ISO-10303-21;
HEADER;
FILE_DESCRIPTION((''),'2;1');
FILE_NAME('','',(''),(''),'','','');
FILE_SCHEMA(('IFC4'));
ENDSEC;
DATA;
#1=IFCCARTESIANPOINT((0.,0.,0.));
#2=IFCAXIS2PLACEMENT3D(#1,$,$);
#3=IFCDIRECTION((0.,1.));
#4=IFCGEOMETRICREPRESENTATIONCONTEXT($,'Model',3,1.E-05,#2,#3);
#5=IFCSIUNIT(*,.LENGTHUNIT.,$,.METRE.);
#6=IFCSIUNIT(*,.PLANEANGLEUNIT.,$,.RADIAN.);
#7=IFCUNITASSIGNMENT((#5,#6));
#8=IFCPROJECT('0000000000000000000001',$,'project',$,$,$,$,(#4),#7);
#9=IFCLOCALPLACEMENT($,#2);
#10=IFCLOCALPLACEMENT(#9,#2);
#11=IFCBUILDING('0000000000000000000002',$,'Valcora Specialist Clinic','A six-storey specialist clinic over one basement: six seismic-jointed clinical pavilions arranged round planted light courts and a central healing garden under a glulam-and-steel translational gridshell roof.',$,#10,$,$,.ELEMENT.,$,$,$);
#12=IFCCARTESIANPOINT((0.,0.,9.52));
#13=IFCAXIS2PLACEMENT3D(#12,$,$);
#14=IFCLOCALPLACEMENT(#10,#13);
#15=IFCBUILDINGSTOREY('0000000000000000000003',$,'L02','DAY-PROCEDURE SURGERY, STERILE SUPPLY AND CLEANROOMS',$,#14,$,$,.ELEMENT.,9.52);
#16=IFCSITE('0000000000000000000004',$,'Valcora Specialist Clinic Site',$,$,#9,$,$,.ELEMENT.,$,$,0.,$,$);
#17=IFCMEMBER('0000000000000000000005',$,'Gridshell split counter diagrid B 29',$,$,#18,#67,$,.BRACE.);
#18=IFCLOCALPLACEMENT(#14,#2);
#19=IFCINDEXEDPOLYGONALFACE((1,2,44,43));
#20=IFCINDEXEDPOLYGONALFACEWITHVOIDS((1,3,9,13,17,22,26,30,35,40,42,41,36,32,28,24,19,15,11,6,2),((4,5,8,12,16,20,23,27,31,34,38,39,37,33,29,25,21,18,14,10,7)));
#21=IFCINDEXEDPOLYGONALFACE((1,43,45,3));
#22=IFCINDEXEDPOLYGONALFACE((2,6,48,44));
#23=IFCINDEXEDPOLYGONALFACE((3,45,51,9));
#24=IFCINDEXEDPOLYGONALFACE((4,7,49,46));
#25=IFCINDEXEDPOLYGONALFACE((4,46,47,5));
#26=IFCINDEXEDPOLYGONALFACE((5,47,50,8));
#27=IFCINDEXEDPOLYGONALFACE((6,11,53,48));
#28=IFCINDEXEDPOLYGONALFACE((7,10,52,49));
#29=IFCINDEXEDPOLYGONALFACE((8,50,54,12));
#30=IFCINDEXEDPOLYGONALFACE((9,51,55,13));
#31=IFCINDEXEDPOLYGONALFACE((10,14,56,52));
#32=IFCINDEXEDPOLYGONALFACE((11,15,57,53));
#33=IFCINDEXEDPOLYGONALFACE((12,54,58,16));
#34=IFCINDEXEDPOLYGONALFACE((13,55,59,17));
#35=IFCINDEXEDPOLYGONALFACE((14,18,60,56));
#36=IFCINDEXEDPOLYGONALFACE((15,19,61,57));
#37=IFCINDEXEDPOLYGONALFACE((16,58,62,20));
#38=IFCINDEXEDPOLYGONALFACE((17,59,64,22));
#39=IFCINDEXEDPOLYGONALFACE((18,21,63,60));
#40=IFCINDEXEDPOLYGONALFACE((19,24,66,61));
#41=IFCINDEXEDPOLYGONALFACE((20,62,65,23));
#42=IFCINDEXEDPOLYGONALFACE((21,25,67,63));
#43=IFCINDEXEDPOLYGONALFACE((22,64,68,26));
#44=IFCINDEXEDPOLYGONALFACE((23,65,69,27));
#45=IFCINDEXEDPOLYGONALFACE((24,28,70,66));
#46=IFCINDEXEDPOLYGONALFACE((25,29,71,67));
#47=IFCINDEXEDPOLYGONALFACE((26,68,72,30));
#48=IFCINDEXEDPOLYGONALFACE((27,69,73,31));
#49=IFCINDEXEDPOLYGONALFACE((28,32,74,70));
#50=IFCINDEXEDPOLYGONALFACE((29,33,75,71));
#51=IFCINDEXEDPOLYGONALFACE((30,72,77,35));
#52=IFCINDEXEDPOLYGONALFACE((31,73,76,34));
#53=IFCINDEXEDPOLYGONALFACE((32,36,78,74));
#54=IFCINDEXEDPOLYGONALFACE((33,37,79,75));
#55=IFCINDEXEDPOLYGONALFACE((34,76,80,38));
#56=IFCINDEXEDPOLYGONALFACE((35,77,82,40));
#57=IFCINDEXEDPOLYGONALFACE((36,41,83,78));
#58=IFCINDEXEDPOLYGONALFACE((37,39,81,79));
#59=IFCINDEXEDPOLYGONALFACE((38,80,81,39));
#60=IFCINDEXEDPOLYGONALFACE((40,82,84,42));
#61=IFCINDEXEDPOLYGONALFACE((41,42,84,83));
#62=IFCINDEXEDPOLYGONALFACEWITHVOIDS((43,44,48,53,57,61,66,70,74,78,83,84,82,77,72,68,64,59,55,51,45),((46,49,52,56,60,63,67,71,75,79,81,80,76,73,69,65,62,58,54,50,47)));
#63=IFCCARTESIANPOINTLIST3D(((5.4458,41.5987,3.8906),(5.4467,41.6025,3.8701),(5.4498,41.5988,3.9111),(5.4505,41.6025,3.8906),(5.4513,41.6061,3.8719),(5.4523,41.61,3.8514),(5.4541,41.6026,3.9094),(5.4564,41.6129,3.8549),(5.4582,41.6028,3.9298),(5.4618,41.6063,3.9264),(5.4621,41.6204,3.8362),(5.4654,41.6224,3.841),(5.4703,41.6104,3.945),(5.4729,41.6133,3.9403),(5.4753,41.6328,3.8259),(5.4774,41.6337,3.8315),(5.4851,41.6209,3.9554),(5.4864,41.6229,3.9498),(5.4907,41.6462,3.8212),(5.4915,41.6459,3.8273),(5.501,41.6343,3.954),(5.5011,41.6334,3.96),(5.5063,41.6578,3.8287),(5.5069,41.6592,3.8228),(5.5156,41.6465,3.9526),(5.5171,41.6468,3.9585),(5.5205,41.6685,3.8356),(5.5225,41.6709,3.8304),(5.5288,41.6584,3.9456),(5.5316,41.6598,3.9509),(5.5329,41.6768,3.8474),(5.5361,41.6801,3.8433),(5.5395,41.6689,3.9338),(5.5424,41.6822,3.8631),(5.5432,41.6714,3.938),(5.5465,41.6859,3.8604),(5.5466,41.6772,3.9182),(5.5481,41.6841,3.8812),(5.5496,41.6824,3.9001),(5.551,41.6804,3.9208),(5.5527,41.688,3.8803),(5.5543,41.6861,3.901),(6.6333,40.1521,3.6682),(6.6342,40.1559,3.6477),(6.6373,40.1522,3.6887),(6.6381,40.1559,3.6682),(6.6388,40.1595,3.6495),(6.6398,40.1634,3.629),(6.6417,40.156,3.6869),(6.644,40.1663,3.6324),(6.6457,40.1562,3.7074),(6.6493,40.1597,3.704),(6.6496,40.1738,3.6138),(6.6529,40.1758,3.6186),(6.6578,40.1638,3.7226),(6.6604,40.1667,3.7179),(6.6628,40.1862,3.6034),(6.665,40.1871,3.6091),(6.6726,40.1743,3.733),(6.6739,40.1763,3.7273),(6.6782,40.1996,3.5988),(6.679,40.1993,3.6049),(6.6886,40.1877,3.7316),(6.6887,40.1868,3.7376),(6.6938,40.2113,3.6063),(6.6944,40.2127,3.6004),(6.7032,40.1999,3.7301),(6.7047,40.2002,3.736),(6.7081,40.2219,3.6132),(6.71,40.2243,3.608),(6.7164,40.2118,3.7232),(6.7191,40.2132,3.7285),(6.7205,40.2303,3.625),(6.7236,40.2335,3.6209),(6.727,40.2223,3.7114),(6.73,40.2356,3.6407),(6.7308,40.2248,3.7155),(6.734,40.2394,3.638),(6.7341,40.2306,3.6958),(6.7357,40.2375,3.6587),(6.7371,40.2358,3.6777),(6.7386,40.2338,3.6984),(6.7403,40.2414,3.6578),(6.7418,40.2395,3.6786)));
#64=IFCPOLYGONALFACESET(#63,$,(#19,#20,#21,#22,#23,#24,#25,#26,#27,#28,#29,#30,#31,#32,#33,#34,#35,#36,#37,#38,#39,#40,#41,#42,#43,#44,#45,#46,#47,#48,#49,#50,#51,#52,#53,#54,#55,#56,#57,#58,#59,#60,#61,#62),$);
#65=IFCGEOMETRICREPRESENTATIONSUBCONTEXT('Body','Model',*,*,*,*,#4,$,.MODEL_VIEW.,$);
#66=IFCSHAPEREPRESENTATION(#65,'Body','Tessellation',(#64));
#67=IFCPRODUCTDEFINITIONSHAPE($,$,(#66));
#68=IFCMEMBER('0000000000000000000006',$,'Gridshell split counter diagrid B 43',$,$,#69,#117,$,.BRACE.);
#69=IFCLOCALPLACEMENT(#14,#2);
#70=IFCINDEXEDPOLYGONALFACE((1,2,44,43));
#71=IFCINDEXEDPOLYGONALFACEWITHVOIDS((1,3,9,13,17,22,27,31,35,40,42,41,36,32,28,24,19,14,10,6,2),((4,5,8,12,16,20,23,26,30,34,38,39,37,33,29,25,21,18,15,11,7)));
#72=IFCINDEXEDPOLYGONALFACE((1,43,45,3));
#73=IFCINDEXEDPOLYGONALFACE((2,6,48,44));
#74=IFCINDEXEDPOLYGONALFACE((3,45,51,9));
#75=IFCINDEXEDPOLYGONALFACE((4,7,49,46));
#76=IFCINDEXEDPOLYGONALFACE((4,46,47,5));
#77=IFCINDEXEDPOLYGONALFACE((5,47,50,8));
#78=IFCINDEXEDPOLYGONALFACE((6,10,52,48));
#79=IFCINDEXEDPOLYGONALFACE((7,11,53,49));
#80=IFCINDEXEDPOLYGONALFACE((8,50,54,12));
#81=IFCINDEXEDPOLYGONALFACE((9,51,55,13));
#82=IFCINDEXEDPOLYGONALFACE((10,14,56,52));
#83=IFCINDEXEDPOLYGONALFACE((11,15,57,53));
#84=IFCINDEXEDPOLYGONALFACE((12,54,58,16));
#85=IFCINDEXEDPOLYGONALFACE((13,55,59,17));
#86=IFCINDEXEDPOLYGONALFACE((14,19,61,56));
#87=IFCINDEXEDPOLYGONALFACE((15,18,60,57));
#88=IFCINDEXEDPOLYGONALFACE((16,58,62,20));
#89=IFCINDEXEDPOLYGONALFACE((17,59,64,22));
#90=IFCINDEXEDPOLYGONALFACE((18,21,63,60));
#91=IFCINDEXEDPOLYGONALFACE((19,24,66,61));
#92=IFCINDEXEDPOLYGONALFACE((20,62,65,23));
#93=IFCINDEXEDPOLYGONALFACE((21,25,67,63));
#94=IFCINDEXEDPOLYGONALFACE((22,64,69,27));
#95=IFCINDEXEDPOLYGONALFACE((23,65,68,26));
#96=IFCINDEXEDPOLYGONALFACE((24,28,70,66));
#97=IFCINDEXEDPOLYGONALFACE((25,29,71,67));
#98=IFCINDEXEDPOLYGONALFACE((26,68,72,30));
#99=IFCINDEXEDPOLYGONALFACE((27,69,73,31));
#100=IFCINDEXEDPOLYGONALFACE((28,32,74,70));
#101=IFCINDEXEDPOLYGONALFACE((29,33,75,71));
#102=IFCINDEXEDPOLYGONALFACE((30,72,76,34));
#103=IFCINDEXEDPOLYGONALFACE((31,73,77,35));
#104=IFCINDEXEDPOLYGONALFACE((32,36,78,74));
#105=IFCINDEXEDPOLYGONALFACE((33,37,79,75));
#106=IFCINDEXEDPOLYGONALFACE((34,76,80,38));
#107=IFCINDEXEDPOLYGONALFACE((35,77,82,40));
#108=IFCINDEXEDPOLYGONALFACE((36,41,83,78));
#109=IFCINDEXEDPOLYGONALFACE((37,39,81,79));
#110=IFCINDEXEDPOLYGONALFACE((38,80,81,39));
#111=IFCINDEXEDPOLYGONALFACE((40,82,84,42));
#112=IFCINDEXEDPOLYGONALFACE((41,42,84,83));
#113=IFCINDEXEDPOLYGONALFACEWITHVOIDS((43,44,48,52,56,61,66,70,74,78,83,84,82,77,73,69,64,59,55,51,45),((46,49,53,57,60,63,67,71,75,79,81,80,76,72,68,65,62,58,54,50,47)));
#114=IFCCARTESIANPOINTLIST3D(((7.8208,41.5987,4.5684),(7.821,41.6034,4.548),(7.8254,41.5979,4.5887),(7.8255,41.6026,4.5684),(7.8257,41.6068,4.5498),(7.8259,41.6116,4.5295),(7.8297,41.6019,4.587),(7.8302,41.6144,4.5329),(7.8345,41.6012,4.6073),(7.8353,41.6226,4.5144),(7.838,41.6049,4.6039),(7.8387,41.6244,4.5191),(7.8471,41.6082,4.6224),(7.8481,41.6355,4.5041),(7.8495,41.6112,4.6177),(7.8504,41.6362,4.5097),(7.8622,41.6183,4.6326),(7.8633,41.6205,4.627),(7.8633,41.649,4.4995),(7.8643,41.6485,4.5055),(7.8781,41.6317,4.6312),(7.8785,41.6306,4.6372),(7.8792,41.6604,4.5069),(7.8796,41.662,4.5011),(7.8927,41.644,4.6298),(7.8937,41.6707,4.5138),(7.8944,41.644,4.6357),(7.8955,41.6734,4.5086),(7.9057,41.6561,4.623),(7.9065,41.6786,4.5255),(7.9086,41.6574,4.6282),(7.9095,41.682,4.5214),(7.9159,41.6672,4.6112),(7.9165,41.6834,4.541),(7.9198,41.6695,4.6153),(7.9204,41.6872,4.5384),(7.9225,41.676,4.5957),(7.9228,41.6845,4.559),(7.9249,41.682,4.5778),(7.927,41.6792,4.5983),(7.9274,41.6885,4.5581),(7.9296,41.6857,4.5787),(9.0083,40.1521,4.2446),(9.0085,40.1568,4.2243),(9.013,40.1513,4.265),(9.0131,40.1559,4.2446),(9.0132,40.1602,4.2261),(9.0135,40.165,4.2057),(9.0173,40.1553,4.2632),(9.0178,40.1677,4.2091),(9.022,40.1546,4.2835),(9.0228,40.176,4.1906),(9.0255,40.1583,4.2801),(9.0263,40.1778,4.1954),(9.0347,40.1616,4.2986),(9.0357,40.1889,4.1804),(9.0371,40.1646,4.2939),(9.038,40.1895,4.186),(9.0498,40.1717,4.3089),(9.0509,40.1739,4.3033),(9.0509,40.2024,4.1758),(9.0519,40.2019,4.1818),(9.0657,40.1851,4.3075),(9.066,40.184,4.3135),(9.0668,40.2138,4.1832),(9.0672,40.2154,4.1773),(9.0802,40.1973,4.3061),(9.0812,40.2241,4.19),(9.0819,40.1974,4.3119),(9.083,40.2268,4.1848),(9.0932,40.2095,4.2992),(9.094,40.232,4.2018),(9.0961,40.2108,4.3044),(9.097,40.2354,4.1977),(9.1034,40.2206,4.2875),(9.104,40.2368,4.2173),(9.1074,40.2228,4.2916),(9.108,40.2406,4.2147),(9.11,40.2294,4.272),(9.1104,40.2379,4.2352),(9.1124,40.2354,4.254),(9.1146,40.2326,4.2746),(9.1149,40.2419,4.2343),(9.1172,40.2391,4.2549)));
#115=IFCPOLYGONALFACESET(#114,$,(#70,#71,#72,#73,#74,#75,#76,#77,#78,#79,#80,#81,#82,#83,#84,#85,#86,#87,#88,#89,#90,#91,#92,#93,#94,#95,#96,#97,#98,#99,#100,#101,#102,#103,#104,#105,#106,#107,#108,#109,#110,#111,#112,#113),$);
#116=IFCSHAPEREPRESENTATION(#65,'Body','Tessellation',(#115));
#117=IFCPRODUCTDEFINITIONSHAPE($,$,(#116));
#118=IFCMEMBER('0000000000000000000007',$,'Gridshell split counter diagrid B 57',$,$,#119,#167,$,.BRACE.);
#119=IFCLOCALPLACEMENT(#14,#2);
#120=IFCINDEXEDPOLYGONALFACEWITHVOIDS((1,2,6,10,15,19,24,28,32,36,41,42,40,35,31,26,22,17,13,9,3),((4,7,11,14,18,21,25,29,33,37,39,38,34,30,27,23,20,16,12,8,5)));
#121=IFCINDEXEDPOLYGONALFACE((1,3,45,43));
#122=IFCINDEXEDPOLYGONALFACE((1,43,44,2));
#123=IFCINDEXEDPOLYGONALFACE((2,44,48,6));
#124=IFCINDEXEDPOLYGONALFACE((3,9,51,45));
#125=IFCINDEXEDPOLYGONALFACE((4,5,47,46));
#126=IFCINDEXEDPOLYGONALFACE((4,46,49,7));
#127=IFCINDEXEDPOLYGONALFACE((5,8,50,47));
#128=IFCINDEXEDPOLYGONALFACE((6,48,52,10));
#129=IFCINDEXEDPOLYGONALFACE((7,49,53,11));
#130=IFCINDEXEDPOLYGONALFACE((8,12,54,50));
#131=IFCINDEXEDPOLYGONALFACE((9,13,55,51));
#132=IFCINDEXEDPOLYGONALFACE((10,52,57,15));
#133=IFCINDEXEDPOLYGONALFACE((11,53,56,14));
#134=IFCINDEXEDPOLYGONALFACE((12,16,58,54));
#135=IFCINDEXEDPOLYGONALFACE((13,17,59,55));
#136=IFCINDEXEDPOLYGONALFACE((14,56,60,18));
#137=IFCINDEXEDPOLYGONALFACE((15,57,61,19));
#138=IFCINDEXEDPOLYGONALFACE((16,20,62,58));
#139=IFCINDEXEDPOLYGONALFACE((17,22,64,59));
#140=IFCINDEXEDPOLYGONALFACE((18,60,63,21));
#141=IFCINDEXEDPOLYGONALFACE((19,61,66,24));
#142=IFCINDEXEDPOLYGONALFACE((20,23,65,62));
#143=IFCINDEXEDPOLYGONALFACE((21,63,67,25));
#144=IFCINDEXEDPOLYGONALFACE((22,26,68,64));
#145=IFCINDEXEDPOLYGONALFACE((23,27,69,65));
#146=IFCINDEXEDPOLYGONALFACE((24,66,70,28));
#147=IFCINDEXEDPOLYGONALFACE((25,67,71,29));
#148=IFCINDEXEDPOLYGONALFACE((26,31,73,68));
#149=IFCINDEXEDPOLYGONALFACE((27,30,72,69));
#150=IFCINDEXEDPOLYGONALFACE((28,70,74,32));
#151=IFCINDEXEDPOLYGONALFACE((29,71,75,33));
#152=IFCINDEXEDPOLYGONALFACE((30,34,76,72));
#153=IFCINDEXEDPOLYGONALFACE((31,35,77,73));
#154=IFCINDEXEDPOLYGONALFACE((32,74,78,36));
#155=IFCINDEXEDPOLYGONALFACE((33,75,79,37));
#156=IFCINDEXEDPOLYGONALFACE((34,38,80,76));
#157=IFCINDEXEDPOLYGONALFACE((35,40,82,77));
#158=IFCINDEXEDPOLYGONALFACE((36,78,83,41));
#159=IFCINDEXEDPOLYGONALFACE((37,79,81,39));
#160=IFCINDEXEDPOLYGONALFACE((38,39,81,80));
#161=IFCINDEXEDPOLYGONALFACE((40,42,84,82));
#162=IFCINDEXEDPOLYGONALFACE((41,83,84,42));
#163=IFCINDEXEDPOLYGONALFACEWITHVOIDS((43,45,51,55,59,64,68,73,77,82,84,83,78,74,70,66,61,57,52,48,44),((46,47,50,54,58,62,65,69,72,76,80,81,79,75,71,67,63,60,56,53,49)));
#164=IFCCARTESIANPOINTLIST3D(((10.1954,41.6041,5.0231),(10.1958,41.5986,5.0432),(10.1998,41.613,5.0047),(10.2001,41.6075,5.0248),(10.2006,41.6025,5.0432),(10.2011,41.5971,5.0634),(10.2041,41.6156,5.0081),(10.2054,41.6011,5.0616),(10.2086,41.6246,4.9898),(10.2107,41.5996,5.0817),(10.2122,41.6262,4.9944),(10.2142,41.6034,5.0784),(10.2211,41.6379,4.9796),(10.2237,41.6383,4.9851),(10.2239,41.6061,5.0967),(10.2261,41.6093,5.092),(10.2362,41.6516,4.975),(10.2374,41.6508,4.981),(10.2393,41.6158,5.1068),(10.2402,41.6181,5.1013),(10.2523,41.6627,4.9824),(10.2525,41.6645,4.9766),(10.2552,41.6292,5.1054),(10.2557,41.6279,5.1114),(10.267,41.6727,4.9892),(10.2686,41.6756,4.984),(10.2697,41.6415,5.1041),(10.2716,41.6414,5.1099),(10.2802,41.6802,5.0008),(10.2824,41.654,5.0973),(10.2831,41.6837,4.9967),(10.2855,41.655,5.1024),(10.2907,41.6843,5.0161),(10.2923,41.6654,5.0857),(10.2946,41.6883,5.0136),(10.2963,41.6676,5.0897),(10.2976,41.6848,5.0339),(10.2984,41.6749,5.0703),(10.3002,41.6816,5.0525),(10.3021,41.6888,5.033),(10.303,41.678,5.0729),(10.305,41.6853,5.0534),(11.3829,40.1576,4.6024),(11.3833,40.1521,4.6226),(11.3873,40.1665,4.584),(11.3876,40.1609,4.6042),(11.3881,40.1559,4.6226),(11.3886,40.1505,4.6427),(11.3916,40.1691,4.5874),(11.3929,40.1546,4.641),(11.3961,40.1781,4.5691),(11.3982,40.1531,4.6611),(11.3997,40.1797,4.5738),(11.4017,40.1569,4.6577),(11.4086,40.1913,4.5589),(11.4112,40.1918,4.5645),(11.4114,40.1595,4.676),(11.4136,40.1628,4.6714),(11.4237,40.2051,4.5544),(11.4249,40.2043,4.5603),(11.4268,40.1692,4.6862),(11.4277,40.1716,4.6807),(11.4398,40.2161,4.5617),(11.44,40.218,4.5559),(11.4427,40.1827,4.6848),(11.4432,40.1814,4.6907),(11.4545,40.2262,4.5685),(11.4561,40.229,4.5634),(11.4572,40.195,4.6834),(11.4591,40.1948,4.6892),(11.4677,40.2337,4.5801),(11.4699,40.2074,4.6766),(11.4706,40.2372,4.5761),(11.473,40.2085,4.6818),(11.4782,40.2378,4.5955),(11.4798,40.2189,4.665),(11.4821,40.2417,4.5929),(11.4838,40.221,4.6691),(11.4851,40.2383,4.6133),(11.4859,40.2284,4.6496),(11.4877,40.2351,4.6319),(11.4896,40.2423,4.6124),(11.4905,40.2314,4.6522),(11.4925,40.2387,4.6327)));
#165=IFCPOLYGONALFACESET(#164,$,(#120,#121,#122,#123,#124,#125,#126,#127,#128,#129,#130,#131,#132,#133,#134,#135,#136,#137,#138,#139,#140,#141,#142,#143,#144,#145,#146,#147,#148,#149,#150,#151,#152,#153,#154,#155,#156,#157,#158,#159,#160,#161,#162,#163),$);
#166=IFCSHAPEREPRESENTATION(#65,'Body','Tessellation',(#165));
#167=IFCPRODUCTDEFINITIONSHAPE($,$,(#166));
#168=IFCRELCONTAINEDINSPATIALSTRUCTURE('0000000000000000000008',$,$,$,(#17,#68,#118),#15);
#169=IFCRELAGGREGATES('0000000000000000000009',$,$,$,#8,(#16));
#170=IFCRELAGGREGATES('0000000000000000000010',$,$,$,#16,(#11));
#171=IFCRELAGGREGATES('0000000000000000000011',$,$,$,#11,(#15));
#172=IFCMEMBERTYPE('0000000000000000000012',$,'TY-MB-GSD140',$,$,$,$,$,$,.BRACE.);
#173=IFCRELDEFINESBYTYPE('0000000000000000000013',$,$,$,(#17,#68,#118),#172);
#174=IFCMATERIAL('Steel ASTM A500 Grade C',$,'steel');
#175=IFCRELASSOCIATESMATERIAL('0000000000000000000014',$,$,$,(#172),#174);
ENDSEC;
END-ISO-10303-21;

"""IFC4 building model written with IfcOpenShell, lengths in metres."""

from ifc_helpers import new_model, si_unit, direction, frame, origin, origin_2d, place, context, subcontext, project, spatial, hollow_circle, extrude, material, material_profile, profile_set, type_object, element, save


model = new_model("IFC4")

# Units and contexts
model_context = context("Model", 3, precision=1e-05, world=origin(), true_north=direction((0.0, 1.0)))
body_context = subcontext(model_context, "Body", "Model", "MODEL_VIEW")
ifc_project = project(units=[si_unit("LENGTHUNIT", "METRE"), si_unit("PLANEANGLEUNIT", "RADIAN")], contexts=[model_context])

# Site, building, storey
site_placement = place(None, origin())
site = spatial("IfcSite", under=ifc_project, at=site_placement, Name="Valcora Specialist Clinic Site", CompositionType="ELEMENT", RefElevation=0.0)
building_placement = place(site_placement, origin())
building = spatial("IfcBuilding", under=site, at=building_placement, Name="Valcora Specialist Clinic", Description="A six-storey specialist clinic over one basement: six seismic-jointed clinical pavilions arranged round planted light courts and a central healing garden under a glulam-and-steel translational gridshell roof.", CompositionType="ELEMENT")
storey_placement = place(building_placement, frame((0.0, 0.0, 9.52)))
storey = spatial("IfcBuildingStorey", under=building, at=storey_placement, Name="L02", Description="DAY-PROCEDURE SURGERY, STERILE SUPPLY AND CLEANROOMS", CompositionType="ELEMENT", Elevation=9.52)

# Members
ifc_material_1 = material(Name="Steel ASTM A500 Grade C", Category="steel")
ifc_material_profile_1 = material_profile(ifc_material_1, hollow_circle(Radius=0.0701, WallThickness=0.0061, at=origin_2d()), Name="ST-CHS-140X6")
ifc_profile_set_1 = profile_set([ifc_material_profile_1], Name="Steel ASTM A500 Grade C")
member_type_1 = type_object("IfcMemberType", Name="TY-MB-GSD140", PredefinedType="BRACE", material=ifc_profile_set_1)
member_1_placement = place(storey_placement, frame((6.6875, 40.1965, 3.6682), z_axis=(-0.630075, 0.767515, 0.118009), x_axis=(-0.772916, -0.634508, 0.0)))
element("IfcMember", 1, at=member_1_placement, inside=storey, type_object=member_type_1, Name="Gridshell split counter diagrid B 29", PredefinedType="BRACE", context=body_context, shape_type="SweptSolid", body=[
    extrude(hollow_circle(Radius=0.0701, WallThickness=0.0061, at=origin_2d()), origin(), (0.0, 0.0, 1.0), 1.8848),
])
member_2_placement = place(storey_placement, frame((9.0625, 40.1965, 4.2446), z_axis=(-0.625224, 0.761606, 0.170445), x_axis=(-0.772916, -0.634508, 0.0)))
element("IfcMember", 2, at=member_2_placement, inside=storey, type_object=member_type_1, Name="Gridshell split counter diagrid B 43", PredefinedType="BRACE", context=body_context, shape_type="SweptSolid", body=[
    extrude(hollow_circle(Radius=0.0701, WallThickness=0.0061, at=origin_2d()), origin(), (0.0, 0.0, 1.0), 1.8994),
])
member_3_placement = place(storey_placement, frame((11.4375, 40.1965, 4.6226), z_axis=(-0.619064, 0.754102, 0.219294), x_axis=(-0.772916, -0.634508, 0.0)))
element("IfcMember", 3, at=member_3_placement, inside=storey, type_object=member_type_1, Name="Gridshell split counter diagrid B 57", PredefinedType="BRACE", context=body_context, shape_type="SweptSolid", body=[
    extrude(hollow_circle(Radius=0.0701, WallThickness=0.0061, at=origin_2d()), origin(), (0.0, 0.0, 1.0), 1.9182),
])

save(model, "model.ifc")
